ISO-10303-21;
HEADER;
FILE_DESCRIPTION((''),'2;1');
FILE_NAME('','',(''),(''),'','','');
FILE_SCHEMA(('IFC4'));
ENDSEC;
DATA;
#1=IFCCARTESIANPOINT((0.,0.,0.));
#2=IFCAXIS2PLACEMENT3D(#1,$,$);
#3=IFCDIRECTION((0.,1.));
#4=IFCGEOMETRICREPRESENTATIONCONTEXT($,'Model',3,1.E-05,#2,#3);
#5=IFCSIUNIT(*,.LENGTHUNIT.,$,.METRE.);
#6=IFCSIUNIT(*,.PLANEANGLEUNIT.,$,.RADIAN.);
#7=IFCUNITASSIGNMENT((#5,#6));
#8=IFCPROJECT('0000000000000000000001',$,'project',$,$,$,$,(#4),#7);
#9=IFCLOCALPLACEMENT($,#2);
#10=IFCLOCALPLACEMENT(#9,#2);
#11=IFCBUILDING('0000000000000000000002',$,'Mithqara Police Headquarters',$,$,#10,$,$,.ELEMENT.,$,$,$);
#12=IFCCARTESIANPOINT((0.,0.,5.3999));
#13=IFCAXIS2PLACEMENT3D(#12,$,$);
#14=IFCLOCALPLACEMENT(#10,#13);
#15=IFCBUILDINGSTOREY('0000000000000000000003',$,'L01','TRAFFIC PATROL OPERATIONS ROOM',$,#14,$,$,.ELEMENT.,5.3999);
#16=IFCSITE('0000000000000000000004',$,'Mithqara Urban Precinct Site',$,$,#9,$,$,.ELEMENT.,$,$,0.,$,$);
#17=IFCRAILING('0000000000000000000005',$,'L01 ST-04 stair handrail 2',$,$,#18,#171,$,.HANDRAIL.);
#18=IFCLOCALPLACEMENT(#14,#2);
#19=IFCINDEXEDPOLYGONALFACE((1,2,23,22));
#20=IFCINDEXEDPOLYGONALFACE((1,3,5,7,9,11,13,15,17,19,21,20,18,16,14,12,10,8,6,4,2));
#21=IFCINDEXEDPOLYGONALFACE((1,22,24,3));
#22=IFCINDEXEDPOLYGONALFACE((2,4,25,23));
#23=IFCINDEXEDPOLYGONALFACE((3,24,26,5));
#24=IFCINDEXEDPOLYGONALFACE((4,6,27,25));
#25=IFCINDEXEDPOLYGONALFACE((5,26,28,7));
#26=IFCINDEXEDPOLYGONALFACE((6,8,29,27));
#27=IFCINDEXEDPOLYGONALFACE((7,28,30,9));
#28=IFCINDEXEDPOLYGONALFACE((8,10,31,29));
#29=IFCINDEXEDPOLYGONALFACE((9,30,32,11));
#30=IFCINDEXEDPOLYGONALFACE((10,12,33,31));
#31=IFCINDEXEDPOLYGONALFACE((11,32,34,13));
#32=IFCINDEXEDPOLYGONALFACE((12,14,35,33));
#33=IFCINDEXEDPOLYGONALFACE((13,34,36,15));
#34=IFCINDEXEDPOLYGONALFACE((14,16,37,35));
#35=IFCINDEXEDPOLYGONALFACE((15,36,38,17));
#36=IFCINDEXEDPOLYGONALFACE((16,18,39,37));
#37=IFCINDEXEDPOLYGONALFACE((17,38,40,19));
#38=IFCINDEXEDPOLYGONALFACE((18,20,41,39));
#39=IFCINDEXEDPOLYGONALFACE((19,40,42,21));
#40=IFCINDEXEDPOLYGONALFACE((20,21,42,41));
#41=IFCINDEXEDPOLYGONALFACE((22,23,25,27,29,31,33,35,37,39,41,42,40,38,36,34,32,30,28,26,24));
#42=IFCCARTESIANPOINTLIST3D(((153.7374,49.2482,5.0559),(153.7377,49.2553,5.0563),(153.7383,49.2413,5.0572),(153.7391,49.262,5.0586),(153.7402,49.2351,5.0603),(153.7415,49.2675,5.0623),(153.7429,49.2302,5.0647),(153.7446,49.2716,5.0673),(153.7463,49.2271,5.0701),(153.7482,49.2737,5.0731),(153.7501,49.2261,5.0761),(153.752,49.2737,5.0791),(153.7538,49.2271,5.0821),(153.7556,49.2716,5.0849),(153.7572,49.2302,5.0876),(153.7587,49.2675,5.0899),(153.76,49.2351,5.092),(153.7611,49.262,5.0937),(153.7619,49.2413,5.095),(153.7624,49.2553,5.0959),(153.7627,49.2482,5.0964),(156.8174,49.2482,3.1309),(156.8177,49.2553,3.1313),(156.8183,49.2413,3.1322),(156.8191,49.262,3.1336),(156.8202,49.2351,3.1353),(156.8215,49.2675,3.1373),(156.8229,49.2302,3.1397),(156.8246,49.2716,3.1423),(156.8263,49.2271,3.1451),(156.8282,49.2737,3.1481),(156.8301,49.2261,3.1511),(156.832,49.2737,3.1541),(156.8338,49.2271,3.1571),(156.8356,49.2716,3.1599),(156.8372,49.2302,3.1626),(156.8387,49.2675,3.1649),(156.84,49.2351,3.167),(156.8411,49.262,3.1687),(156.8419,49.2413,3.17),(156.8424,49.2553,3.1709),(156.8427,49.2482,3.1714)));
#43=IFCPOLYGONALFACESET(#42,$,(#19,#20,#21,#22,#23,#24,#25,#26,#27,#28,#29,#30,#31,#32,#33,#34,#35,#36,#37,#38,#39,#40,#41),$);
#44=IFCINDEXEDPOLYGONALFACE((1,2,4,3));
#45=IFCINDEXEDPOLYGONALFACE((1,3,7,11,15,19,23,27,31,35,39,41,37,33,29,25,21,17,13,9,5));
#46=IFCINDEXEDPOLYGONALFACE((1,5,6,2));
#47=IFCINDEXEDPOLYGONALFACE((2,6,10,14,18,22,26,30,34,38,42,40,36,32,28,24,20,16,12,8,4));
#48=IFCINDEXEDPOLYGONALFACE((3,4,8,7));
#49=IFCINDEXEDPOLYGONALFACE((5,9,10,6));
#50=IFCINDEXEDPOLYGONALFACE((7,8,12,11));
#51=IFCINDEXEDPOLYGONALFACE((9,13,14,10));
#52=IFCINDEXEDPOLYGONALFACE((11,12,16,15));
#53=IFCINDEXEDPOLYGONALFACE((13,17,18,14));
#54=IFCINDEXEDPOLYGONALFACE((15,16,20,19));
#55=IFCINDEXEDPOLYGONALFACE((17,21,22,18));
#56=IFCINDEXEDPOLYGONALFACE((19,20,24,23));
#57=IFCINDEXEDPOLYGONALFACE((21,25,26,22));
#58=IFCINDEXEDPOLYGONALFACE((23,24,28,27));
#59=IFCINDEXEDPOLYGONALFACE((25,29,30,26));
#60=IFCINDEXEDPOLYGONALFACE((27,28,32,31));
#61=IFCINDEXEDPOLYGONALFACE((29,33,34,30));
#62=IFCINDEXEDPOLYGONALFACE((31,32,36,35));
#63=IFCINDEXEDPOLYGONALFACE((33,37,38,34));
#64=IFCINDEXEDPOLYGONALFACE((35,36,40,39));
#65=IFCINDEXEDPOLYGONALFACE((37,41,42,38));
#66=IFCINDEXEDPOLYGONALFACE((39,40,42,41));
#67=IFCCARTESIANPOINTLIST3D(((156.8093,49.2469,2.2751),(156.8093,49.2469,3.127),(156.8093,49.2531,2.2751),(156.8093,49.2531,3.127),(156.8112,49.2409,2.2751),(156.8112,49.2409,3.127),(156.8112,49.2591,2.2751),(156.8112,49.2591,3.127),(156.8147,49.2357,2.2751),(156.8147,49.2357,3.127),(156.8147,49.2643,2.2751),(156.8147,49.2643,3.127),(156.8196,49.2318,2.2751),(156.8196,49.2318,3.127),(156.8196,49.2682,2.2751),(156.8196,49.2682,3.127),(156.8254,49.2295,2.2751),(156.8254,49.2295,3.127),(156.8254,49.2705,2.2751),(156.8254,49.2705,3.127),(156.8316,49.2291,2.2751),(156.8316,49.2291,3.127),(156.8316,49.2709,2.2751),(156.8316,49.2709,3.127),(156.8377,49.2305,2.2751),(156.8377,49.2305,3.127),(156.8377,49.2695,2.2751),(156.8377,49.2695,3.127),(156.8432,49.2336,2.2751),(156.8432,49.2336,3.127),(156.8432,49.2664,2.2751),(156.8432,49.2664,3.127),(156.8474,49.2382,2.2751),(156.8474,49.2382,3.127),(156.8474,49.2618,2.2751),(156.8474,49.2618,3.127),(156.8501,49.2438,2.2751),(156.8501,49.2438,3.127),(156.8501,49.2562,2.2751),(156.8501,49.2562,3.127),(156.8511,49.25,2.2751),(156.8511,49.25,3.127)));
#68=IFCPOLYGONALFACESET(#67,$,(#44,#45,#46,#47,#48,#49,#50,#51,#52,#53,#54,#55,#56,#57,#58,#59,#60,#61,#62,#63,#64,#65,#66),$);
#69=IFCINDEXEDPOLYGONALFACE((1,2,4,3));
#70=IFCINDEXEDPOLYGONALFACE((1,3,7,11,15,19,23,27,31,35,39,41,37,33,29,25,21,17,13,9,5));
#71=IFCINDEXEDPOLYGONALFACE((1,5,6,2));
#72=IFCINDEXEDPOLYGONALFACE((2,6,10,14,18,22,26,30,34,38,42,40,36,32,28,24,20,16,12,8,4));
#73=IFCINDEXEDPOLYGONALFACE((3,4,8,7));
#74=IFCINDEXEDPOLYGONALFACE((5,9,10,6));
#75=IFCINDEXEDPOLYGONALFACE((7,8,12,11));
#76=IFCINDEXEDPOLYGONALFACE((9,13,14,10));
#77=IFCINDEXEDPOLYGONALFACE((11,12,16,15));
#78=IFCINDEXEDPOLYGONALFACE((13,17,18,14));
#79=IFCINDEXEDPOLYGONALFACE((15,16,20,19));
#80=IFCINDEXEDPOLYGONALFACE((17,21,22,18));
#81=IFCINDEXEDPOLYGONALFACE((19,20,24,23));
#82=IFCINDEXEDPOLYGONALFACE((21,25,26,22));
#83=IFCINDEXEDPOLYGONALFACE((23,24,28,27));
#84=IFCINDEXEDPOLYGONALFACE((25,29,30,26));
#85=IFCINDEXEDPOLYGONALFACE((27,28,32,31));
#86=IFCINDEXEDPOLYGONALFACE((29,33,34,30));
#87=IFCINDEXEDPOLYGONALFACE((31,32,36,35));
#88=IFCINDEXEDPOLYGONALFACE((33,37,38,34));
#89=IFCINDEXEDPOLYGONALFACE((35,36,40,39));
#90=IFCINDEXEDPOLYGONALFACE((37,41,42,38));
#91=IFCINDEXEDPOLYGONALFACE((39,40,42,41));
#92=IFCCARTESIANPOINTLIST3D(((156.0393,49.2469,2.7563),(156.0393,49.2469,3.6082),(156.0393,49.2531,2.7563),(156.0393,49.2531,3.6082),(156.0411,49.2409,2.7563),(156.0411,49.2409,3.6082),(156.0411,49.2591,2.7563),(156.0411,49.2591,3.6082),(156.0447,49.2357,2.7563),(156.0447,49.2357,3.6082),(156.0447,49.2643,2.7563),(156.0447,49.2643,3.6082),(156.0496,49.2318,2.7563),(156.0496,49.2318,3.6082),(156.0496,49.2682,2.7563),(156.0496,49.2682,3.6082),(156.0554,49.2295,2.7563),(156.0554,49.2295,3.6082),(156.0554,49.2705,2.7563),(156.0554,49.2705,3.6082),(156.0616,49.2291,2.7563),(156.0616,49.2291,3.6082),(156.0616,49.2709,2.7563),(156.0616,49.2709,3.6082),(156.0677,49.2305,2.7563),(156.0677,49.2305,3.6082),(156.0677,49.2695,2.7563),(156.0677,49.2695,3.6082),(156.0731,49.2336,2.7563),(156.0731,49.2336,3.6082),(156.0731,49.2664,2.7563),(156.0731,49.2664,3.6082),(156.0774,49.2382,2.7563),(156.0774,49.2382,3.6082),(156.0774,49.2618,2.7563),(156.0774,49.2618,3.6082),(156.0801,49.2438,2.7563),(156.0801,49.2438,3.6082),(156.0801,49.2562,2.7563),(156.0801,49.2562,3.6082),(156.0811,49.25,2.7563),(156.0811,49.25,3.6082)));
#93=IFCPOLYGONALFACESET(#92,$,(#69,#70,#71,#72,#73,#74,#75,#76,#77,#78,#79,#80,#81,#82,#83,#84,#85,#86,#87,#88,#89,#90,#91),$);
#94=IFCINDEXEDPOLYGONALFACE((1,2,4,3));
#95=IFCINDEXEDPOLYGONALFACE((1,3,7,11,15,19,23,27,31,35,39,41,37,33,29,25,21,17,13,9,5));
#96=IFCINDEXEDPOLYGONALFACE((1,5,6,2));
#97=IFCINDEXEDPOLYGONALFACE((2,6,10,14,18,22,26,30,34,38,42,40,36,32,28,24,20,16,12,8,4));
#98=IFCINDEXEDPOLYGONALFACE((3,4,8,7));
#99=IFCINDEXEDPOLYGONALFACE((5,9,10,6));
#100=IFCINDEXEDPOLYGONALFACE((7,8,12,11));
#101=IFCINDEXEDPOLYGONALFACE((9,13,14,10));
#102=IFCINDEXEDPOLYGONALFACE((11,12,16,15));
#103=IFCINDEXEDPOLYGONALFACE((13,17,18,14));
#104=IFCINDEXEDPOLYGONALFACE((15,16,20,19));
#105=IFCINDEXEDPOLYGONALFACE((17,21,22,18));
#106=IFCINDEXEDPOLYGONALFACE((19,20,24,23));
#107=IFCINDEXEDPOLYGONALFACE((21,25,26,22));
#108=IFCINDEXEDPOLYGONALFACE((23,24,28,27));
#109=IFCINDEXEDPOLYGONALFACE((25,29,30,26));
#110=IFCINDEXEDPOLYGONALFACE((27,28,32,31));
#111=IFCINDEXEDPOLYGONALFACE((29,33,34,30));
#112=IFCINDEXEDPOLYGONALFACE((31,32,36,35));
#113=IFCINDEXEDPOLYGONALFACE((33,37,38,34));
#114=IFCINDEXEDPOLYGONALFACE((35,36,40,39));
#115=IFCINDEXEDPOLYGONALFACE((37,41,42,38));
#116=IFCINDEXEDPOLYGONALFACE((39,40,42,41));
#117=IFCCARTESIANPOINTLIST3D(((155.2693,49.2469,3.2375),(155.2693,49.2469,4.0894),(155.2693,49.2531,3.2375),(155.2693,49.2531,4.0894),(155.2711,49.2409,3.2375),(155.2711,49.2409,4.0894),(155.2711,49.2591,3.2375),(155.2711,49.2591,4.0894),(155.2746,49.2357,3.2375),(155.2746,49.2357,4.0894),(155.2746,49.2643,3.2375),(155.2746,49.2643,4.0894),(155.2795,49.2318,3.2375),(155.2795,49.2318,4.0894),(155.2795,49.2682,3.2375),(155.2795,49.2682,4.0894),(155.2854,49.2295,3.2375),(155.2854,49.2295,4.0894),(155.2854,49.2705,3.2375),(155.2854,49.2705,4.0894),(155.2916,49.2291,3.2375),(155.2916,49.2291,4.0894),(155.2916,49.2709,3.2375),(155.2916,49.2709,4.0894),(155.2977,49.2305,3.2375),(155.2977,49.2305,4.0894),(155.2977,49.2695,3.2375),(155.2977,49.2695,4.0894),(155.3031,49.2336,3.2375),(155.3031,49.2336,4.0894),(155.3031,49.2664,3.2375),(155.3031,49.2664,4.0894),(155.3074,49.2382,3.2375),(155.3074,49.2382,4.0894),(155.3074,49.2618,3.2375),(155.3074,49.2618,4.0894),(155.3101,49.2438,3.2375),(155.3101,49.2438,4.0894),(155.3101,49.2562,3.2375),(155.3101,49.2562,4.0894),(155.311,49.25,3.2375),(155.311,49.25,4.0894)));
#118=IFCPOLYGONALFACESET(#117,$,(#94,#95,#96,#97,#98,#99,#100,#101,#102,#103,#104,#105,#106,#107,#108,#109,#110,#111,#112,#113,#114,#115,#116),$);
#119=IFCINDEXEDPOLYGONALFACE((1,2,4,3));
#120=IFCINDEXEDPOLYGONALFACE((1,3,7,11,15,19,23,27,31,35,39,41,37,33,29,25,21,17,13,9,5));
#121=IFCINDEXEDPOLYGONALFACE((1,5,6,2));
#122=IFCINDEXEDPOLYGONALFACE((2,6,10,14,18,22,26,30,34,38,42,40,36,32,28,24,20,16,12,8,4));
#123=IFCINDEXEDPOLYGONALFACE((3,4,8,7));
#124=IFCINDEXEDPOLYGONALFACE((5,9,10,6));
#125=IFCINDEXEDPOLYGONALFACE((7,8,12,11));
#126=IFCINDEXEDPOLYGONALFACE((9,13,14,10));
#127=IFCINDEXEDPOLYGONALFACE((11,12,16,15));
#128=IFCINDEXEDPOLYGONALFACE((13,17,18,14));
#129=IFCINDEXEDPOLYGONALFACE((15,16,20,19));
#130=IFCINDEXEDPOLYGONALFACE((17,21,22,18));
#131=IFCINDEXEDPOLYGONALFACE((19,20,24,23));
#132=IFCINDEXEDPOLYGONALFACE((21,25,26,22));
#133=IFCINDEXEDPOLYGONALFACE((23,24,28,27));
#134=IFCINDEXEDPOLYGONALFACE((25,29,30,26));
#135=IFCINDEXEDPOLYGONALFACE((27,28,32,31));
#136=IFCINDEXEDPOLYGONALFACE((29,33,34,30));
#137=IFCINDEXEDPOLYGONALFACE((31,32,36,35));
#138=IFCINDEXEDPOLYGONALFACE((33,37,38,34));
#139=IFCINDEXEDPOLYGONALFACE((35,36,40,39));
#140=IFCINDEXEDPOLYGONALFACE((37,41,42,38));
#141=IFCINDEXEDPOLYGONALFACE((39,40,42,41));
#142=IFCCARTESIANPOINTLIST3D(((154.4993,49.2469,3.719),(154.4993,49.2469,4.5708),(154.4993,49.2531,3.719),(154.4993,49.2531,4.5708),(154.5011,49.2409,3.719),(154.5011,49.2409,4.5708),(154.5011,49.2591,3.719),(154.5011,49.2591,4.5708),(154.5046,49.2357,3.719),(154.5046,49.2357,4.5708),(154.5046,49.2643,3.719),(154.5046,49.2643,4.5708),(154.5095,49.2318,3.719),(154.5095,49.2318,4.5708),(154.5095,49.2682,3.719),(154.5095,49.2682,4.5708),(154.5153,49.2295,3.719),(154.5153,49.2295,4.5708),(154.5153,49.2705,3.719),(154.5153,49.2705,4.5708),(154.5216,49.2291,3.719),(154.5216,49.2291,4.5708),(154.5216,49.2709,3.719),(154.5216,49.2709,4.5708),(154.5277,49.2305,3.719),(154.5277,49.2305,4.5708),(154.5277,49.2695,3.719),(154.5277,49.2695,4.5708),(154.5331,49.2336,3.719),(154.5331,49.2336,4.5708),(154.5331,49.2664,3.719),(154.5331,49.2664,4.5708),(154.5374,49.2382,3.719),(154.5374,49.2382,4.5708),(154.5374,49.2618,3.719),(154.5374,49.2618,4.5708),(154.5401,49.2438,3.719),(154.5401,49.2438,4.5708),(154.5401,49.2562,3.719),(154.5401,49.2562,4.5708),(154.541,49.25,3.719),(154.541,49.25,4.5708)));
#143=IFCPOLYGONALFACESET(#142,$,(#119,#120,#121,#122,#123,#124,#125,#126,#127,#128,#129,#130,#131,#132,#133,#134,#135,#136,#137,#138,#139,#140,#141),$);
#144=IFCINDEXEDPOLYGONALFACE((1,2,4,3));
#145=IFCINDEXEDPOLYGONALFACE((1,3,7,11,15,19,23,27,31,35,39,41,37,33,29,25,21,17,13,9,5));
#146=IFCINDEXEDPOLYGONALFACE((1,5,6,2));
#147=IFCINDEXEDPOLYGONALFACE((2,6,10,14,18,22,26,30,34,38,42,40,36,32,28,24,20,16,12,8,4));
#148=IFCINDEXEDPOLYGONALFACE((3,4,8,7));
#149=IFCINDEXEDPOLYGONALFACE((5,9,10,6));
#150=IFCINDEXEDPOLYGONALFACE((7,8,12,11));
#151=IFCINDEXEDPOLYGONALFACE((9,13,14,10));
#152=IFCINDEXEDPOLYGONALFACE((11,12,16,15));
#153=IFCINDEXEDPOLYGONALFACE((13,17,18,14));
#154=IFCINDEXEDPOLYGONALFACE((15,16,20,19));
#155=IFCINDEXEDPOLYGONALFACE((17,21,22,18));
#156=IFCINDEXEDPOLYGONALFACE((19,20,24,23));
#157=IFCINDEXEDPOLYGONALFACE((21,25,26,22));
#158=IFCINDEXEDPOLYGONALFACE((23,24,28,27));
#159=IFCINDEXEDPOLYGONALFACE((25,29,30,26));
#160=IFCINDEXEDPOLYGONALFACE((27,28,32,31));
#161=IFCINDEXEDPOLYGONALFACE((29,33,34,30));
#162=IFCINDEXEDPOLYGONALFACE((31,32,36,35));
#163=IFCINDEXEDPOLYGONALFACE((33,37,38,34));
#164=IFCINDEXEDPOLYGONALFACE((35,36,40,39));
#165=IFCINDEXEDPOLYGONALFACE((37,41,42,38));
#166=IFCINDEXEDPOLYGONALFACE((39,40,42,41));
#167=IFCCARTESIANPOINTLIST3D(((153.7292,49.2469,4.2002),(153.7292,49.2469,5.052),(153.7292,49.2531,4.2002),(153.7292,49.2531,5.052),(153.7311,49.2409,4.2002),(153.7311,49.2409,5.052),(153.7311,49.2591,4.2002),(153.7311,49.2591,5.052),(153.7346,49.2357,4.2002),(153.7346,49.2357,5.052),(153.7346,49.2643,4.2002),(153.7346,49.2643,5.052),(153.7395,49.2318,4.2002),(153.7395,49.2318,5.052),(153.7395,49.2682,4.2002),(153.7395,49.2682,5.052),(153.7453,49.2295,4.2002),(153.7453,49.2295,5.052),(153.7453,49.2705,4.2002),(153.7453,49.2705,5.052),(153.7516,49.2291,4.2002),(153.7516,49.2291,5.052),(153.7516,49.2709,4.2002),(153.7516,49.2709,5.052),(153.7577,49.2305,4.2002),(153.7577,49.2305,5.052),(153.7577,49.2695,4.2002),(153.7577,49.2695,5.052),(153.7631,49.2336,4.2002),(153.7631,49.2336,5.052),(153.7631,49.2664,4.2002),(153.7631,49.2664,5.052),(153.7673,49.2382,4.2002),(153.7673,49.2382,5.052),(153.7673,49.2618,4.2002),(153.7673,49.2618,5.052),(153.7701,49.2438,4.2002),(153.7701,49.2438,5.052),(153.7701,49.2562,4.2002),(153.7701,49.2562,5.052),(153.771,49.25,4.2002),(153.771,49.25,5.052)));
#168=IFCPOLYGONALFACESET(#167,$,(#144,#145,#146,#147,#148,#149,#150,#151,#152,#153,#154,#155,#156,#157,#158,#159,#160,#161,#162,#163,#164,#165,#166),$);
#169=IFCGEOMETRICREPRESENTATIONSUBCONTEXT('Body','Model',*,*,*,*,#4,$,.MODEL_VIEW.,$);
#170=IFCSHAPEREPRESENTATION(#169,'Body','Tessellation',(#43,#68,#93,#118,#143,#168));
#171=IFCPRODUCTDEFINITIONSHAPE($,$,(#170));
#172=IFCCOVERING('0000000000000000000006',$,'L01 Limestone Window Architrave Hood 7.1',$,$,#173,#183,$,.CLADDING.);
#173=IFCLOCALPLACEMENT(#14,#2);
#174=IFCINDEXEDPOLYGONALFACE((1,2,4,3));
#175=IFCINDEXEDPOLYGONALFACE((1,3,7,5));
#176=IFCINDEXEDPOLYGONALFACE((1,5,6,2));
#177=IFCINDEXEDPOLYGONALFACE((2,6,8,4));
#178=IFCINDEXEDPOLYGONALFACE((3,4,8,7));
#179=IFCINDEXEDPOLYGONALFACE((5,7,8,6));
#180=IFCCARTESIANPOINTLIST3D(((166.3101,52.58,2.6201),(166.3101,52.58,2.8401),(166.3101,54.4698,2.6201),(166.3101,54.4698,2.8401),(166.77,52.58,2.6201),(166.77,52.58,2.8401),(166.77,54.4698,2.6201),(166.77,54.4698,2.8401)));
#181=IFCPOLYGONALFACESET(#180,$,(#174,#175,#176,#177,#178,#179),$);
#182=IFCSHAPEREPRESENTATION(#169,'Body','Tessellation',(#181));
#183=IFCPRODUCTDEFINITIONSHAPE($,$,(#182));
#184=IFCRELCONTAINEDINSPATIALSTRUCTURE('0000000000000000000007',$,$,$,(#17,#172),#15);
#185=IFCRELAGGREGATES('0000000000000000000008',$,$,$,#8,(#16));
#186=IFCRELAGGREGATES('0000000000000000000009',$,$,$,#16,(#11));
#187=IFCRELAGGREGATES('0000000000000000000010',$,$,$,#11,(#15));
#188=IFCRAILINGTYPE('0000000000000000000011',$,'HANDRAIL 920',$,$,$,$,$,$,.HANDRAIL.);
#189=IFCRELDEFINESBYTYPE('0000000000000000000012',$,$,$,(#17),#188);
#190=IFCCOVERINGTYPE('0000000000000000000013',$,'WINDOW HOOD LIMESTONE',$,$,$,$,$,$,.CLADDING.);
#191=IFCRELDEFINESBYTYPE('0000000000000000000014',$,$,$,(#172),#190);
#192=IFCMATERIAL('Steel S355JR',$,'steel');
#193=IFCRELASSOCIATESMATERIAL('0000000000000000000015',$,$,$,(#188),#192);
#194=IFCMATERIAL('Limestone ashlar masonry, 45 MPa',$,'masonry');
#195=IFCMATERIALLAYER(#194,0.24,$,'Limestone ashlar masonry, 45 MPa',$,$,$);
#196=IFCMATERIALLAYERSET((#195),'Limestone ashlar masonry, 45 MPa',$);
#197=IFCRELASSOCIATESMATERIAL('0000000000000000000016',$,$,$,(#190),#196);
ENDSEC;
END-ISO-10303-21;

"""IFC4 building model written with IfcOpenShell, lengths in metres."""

from ifc_helpers import new_model, si_unit, direction, frame, origin, origin_2d, place, context, subcontext, project, spatial, rectangle, circle, extrude, material, layer, layer_set, type_object, element, save


model = new_model("IFC4")

# Units and contexts
model_context = context("Model", 3, precision=1e-05, world=origin(), true_north=direction((0.0, 1.0)))
body_context = subcontext(model_context, "Body", "Model", "MODEL_VIEW")
ifc_project = project(units=[si_unit("LENGTHUNIT", "METRE"), si_unit("PLANEANGLEUNIT", "RADIAN")], contexts=[model_context])

# Site, building, storey
site_placement = place(None, origin())
site = spatial("IfcSite", under=ifc_project, at=site_placement, Name="Mithqara Urban Precinct Site", CompositionType="ELEMENT", RefElevation=0.0)
building_placement = place(site_placement, origin())
building = spatial("IfcBuilding", under=site, at=building_placement, Name="Mithqara Police Headquarters", CompositionType="ELEMENT")
storey_placement = place(building_placement, frame((0.0, 0.0, 5.3999)))
storey = spatial("IfcBuildingStorey", under=building, at=storey_placement, Name="L01", Description="TRAFFIC PATROL OPERATIONS ROOM", CompositionType="ELEMENT", Elevation=5.3999)

# Shared definitions
ifc_material_1 = material(Name="Steel S355JR", Category="steel")

# Shared definitions
ifc_material_2 = material(Name="Limestone ashlar masonry, 45 MPa", Category="masonry")

# Railing
railing_type = type_object("IfcRailingType", Name="HANDRAIL 920", PredefinedType="HANDRAIL", material=ifc_material_1)
railing_placement = place(storey_placement, frame((156.8301, 49.25, 2.2751)))
element("IfcRailing", 1, at=railing_placement, inside=storey, type_object=railing_type, Name="L01 ST-04 stair handrail 2", PredefinedType="HANDRAIL", context=body_context, shape_type="SweptSolid", body=[
    extrude(circle(Radius=0.0239, at=origin_2d()), frame((0.0, 0.0, 0.876), z_axis=(-0.847998, 0.0, 0.529999), x_axis=(0.0, -1.0, 0.0)), (0.0, 0.0, 1.0), 3.6321),
    extrude(circle(Radius=0.021, at=origin_2d()), origin(), (0.0, 0.0, 1.0), 0.8518),
    extrude(circle(Radius=0.021, at=origin_2d()), frame((-0.77, 0.0, 0.4812)), (0.0, 0.0, 1.0), 0.8518),
    extrude(circle(Radius=0.021, at=origin_2d()), frame((-1.54, 0.0, 0.9624)), (0.0, 0.0, 1.0), 0.8518),
    extrude(circle(Radius=0.021, at=origin_2d()), frame((-2.3101, 0.0, 1.4438)), (0.0, 0.0, 1.0), 0.8518),
    extrude(circle(Radius=0.021, at=origin_2d()), frame((-3.0801, 0.0, 1.925)), (0.0, 0.0, 1.0), 0.8518),
])

# Covering
ifc_layer_1 = layer(ifc_material_2, 0.24, Name="Limestone ashlar masonry, 45 MPa")
ifc_layer_set_1 = layer_set([ifc_layer_1], Name="Limestone ashlar masonry, 45 MPa")
covering_type_1 = type_object("IfcCoveringType", Name="WINDOW HOOD LIMESTONE", PredefinedType="CLADDING", material=ifc_layer_set_1)
covering_1_placement = place(storey_placement, frame((166.54, 53.5249, 2.6201), z_axis=(0.0, 0.0, 1.0), x_axis=(0.0, 1.0, 0.0)))
element("IfcCovering", 2, at=covering_1_placement, inside=storey, type_object=covering_type_1, Name="L01 Limestone Window Architrave Hood 7.1", PredefinedType="CLADDING", context=body_context, shape_type="SweptSolid", body=[
    extrude(rectangle(XDim=1.8899, YDim=0.46, at=origin_2d()), origin(), (0.0, 0.0, 1.0), 0.22),
])

save(model, "model.ifc")
